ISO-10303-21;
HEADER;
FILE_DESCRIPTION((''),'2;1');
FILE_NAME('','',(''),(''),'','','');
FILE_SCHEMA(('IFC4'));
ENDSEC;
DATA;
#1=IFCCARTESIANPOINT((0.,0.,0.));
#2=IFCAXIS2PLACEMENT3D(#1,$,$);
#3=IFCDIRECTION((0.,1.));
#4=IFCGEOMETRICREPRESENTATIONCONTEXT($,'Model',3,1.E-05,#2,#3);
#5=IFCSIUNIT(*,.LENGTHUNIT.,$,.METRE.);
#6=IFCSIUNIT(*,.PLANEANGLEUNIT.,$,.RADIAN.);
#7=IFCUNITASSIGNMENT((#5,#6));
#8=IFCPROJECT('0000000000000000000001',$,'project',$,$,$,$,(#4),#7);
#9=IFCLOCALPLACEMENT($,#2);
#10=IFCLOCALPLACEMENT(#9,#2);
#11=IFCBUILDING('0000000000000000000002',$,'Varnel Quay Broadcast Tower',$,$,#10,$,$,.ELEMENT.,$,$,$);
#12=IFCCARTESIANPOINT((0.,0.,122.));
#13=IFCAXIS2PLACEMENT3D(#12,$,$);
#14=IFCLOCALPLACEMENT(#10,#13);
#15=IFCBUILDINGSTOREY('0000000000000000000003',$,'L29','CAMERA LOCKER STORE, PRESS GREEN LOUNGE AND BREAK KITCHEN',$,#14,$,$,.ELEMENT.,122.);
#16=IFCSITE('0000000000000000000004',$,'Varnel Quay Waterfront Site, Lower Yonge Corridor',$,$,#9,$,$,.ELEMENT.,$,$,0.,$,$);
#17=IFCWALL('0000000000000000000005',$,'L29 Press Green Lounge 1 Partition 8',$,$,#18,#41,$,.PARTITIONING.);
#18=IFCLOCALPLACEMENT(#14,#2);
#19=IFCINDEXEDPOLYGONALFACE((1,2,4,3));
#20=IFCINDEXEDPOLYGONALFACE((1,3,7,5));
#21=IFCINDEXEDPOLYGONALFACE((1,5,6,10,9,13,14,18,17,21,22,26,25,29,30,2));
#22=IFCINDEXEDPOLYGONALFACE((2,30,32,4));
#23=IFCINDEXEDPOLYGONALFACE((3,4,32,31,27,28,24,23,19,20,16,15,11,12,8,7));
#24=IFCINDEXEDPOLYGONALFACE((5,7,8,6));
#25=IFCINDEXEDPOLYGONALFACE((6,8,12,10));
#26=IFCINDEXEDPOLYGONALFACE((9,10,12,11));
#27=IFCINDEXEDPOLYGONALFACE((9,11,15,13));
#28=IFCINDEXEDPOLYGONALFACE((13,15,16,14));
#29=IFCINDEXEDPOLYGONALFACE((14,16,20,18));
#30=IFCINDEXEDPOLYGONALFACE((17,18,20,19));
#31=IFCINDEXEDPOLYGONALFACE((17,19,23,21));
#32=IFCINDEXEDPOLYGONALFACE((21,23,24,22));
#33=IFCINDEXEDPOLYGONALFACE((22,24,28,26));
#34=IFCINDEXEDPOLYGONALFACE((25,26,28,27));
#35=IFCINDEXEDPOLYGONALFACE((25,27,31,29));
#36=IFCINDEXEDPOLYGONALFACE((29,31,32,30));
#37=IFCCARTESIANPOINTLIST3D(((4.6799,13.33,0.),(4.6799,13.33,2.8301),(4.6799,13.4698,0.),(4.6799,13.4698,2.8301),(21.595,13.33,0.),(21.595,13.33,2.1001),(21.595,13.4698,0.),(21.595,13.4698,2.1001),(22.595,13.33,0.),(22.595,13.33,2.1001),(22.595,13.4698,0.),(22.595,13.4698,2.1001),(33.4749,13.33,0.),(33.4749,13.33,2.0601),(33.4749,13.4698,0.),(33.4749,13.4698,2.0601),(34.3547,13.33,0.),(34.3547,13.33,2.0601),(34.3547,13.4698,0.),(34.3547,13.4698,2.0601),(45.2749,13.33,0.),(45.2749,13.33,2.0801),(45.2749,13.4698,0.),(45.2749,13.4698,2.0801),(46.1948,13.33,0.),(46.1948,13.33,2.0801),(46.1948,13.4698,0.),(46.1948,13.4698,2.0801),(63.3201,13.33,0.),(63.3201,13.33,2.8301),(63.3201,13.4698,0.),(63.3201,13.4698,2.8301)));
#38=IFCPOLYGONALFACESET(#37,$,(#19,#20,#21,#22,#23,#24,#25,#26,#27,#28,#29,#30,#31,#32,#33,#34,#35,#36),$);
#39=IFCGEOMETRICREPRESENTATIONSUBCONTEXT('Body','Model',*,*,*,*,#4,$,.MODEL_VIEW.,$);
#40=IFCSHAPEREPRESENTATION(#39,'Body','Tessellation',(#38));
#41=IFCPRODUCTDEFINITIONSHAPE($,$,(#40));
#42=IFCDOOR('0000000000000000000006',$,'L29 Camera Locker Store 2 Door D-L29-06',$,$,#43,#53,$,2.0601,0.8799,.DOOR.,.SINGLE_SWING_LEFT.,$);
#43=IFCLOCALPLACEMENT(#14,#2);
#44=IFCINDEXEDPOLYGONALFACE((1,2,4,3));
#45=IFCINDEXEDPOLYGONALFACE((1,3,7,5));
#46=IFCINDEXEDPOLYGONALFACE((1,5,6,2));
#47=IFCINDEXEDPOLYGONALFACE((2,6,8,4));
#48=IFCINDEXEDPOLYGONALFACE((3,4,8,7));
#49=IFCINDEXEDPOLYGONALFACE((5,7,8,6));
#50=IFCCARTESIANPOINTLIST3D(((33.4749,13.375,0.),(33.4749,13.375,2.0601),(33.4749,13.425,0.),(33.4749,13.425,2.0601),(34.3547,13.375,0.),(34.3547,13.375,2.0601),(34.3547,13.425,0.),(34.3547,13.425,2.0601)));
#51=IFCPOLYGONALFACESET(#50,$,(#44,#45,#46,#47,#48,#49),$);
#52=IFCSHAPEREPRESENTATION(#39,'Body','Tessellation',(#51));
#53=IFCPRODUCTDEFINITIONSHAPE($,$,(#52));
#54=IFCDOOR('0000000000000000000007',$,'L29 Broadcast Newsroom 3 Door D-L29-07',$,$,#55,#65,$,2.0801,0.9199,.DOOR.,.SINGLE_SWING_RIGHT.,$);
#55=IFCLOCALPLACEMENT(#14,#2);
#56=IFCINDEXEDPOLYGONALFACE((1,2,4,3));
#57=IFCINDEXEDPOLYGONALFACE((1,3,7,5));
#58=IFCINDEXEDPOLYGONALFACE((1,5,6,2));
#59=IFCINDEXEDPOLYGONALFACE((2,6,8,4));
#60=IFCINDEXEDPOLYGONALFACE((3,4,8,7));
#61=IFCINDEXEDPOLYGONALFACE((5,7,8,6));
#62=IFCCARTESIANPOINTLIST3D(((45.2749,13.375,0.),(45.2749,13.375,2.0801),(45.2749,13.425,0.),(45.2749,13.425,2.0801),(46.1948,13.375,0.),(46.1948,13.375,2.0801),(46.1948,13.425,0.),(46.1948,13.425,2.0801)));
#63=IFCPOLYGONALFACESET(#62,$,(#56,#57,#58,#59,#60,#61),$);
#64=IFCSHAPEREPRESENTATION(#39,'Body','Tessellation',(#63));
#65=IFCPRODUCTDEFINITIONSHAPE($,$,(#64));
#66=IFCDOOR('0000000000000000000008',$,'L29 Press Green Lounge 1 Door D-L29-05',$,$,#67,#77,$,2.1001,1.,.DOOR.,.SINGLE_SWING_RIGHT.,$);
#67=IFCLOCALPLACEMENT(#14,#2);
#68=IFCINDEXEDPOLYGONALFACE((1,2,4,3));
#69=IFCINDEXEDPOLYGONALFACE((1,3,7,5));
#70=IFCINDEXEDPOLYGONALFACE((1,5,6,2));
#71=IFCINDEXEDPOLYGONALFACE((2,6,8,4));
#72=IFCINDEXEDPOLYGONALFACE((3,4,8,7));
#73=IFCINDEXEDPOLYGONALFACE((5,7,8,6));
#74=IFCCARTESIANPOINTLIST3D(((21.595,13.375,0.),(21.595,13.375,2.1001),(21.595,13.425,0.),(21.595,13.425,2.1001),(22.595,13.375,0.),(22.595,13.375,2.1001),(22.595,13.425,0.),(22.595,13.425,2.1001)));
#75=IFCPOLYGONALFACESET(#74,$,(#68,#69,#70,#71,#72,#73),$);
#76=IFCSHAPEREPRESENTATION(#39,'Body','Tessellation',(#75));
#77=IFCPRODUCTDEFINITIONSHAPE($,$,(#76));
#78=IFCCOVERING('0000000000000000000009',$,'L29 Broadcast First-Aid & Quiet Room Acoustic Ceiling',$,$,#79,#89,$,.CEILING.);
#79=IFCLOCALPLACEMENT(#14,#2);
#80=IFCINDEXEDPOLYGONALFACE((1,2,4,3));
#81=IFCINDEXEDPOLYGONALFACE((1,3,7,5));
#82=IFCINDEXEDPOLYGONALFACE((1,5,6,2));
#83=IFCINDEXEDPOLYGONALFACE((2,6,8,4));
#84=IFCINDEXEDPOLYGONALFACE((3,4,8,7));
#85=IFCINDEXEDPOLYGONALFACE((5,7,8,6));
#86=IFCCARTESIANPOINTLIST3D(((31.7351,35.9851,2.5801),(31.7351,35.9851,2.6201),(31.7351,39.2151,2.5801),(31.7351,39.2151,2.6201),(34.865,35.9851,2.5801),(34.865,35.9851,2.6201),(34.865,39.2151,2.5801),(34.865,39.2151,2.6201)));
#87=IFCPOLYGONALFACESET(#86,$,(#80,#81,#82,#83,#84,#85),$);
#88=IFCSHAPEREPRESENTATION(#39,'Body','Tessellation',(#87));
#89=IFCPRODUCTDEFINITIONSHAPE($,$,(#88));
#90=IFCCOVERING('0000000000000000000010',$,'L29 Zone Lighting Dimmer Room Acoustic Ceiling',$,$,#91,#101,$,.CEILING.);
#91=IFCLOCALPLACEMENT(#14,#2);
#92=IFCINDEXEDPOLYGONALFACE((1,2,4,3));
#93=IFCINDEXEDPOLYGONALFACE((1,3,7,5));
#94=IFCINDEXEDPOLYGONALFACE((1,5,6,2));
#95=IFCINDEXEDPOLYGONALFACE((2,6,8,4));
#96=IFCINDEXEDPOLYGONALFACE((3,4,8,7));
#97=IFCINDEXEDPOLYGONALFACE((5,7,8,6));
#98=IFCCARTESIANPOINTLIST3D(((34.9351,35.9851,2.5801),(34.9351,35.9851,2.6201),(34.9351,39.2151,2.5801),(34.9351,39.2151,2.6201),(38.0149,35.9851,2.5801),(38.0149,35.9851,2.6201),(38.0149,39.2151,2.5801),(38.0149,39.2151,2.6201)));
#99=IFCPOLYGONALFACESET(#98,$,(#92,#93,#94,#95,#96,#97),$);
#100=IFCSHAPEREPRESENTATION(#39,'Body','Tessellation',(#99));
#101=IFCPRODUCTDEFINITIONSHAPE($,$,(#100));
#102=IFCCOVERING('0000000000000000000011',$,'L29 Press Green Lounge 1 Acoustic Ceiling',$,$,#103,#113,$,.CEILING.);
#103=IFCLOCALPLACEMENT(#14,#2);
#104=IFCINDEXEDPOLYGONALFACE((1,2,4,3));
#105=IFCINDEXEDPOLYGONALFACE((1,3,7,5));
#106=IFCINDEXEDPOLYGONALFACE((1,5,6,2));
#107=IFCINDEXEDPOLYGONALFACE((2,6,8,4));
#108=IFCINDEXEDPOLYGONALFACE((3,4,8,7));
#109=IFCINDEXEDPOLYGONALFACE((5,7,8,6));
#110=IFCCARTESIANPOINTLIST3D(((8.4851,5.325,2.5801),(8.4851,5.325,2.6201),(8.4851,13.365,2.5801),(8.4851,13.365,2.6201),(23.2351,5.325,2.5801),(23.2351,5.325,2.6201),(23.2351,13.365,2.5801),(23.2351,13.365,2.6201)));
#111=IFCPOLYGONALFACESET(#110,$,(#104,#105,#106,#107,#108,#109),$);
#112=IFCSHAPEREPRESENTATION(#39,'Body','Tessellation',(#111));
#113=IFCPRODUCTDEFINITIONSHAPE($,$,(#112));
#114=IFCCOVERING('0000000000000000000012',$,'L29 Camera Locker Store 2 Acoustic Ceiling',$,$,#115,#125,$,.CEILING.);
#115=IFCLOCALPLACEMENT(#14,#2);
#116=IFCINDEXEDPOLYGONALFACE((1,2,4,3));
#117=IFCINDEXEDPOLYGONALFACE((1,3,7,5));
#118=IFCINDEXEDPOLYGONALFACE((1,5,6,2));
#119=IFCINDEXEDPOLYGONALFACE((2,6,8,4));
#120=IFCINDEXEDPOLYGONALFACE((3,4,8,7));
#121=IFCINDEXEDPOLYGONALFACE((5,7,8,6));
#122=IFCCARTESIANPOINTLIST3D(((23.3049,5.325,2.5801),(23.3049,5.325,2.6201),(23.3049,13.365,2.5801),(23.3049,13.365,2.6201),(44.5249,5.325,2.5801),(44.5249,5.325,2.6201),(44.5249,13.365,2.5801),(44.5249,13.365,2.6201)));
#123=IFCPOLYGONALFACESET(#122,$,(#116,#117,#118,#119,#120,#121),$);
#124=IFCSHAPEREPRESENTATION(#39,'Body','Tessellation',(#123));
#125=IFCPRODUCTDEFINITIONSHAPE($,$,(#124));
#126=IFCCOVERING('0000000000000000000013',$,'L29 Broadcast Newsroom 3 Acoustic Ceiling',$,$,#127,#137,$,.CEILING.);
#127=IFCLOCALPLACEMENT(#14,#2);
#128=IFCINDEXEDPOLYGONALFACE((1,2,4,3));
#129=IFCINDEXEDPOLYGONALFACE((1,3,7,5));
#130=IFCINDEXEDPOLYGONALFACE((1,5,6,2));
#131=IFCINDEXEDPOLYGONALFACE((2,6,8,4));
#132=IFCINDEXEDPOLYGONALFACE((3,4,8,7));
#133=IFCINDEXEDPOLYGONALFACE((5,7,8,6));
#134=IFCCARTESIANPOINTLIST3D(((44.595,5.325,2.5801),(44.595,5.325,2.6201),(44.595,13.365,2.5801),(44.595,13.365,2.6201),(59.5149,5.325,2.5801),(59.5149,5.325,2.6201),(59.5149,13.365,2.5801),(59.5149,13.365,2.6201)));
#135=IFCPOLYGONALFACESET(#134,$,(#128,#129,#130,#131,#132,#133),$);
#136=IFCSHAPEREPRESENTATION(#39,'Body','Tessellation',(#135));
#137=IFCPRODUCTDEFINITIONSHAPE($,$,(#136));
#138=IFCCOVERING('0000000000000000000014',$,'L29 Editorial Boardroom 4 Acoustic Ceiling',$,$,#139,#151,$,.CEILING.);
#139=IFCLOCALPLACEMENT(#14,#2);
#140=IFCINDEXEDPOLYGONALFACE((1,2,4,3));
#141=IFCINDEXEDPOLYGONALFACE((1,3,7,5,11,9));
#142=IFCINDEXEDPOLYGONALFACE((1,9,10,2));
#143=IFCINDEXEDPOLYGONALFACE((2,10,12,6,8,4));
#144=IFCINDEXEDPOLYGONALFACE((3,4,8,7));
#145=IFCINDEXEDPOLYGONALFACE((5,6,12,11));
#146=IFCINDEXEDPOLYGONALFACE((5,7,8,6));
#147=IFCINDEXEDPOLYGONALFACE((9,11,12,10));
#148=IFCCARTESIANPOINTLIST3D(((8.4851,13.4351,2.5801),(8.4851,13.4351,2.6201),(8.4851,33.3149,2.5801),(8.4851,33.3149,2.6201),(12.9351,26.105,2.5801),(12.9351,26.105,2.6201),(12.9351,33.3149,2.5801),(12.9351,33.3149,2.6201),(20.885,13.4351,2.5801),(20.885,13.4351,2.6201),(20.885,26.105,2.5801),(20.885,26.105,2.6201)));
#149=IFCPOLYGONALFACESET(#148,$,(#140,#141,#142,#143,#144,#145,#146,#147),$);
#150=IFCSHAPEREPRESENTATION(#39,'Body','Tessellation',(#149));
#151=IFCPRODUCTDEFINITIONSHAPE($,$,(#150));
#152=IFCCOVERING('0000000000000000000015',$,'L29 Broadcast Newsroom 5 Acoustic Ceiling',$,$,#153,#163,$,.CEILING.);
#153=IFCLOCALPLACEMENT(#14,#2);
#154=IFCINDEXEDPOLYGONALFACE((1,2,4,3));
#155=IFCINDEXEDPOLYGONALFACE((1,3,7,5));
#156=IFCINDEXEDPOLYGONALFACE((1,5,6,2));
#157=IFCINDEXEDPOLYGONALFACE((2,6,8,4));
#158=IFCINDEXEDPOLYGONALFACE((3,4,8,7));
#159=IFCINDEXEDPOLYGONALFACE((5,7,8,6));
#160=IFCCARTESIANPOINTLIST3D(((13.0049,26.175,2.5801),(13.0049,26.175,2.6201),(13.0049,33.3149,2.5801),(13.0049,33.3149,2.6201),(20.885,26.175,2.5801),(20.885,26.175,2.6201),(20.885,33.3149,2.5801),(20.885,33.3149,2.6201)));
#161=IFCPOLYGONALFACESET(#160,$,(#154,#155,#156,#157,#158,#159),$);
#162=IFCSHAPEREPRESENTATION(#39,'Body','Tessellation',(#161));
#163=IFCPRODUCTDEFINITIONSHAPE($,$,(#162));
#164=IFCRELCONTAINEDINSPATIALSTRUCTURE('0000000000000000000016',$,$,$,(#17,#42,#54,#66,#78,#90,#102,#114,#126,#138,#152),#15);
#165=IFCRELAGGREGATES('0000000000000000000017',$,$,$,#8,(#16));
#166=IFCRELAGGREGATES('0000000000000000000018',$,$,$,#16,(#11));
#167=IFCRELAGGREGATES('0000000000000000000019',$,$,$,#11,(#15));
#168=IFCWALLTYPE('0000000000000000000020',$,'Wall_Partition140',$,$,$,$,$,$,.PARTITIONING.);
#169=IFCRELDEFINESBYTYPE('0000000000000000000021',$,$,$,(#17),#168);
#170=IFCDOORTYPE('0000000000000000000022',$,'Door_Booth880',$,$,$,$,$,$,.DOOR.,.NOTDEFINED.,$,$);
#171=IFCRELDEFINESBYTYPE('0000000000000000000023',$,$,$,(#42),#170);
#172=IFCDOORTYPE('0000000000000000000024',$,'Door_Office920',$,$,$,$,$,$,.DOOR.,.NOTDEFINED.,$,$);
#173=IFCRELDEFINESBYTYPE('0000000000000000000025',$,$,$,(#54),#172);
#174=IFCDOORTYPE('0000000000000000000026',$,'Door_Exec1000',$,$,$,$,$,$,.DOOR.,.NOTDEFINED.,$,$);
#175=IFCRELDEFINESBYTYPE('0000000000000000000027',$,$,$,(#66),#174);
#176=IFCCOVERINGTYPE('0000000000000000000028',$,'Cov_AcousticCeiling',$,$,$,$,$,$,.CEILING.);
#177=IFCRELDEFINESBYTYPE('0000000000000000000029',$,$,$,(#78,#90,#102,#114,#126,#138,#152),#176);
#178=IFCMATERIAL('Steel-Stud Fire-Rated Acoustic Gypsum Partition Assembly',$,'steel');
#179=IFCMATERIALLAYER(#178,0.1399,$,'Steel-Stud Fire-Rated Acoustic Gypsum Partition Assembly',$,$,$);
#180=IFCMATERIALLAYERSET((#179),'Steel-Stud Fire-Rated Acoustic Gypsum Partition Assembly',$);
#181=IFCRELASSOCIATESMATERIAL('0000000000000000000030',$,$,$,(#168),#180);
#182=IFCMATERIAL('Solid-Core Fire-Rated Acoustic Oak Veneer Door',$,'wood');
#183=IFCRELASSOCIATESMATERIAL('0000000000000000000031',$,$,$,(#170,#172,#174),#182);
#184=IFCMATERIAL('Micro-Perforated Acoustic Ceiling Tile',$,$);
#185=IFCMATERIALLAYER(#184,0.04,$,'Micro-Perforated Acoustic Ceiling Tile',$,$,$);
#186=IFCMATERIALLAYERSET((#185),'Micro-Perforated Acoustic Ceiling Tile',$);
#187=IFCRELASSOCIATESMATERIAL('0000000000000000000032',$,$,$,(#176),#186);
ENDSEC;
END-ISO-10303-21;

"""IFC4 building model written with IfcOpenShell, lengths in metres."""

from ifc_helpers import new_model, si_unit, direction, frame, frame_2d, origin, place, context, subcontext, project, spatial, polyline, rectangle, outline, extrude, source, transform, mapped, material, layer, layer_set, type_object, type_shapes, element, fill, save


model = new_model("IFC4")

# Units and contexts
model_context = context("Model", 3, precision=1e-05, world=origin(), true_north=direction((0.0, 1.0)))
body_context = subcontext(model_context, "Body", "Model", "MODEL_VIEW")
ifc_project = project(units=[si_unit("LENGTHUNIT", "METRE"), si_unit("PLANEANGLEUNIT", "RADIAN")], contexts=[model_context])

# Site, building, storey
site_placement = place(None, origin())
site = spatial("IfcSite", under=ifc_project, at=site_placement, Name="Varnel Quay Waterfront Site, Lower Yonge Corridor", CompositionType="ELEMENT", RefElevation=0.0)
building_placement = place(site_placement, origin())
building = spatial("IfcBuilding", under=site, at=building_placement, Name="Varnel Quay Broadcast Tower", CompositionType="ELEMENT")
storey_placement = place(building_placement, frame((0.0, 0.0, 122.0)))
storey = spatial("IfcBuildingStorey", under=building, at=storey_placement, Name="L29", Description="CAMERA LOCKER STORE, PRESS GREEN LOUNGE AND BREAK KITCHEN", CompositionType="ELEMENT", Elevation=122.0)

# Wall, openings, doors
ifc_material_1 = material(Name="Steel-Stud Fire-Rated Acoustic Gypsum Partition Assembly", Category="steel")
ifc_layer_1 = layer(ifc_material_1, 0.1399, Name="Steel-Stud Fire-Rated Acoustic Gypsum Partition Assembly")
ifc_layer_set_1 = layer_set([ifc_layer_1], Name="Steel-Stud Fire-Rated Acoustic Gypsum Partition Assembly")
wall_type = type_object("IfcWallType", Name="Wall_Partition140", PredefinedType="PARTITIONING", material=ifc_layer_set_1)
wall_placement = place(storey_placement, frame((4.6799, 13.3999, 0.0), z_axis=(0.0, 0.0, 1.0), x_axis=(1.0, 0.0, 0.0)))
wall = element("IfcWall", 1, at=wall_placement, inside=storey, type_object=wall_type, Name="L29 Press Green Lounge 1 Partition 8", PredefinedType="PARTITIONING", context=body_context, shape_type="SweptSolid", body=[
    extrude(rectangle(XDim=58.6401, YDim=0.1399, at=frame_2d((29.3201, 0.0))), origin(), (0.0, 0.0, 1.0), 2.8301),
])
opening_1_placement = place(wall_placement, frame((16.915, 0.0, 0.0)))
opening_1 = element("IfcOpeningElement", 2, at=opening_1_placement, cuts=wall, PredefinedType="OPENING", context=body_context, shape_type="SweptSolid", body=[
    extrude(rectangle(XDim=1.0, YDim=2.1001, at=frame_2d((0.5, 1.05))), frame((0.0, 0.0801, 0.0), z_axis=(0.0, -1.0, 0.0), x_axis=(1.0, 0.0, 0.0)), (0.0, 0.0, 1.0), 0.1599),
])
opening_2_placement = place(wall_placement, frame((28.7949, 0.0, 0.0)))
opening_2 = element("IfcOpeningElement", 3, at=opening_2_placement, cuts=wall, PredefinedType="OPENING", context=body_context, shape_type="SweptSolid", body=[
    extrude(rectangle(XDim=0.8799, YDim=2.0601, at=frame_2d((0.4399, 1.03))), frame((0.0, 0.0801, 0.0), z_axis=(0.0, -1.0, 0.0), x_axis=(1.0, 0.0, 0.0)), (0.0, 0.0, 1.0), 0.1599),
])
opening_3_placement = place(wall_placement, frame((40.595, 0.0, 0.0)))
opening_3 = element("IfcOpeningElement", 4, at=opening_3_placement, cuts=wall, PredefinedType="OPENING", context=body_context, shape_type="SweptSolid", body=[
    extrude(rectangle(XDim=0.9199, YDim=2.0801, at=frame_2d((0.46, 1.04))), frame((0.0, 0.0801, 0.0), z_axis=(0.0, -1.0, 0.0), x_axis=(1.0, 0.0, 0.0)), (0.0, 0.0, 1.0), 0.1599),
])
ifc_material_2 = material(Name="Solid-Core Fire-Rated Acoustic Oak Veneer Door", Category="wood")
door_type_1 = type_object("IfcDoorType", Name="Door_Booth880", OperationType="NOTDEFINED", PredefinedType="DOOR", material=ifc_material_2)
shared_shape_1 = source(origin(), body_context, "Body", "SweptSolid", [
    extrude(rectangle(XDim=0.8799, YDim=2.0601, at=frame_2d((0.4399, 1.03))), frame((0.0, 0.0249, 0.0), z_axis=(0.0, -1.0, 0.0), x_axis=(1.0, 0.0, 0.0)), (0.0, 0.0, 1.0), 0.05),
])
type_shapes(door_type_1, [shared_shape_1])
door_1_placement = place(opening_2_placement, frame((0.8799, 0.0, 0.0), z_axis=(0.0, 0.0, 1.0), x_axis=(-1.0, 0.0, 0.0)))
door_1 = element("IfcDoor", 5, at=door_1_placement, inside=storey, type_object=door_type_1, Name="L29 Camera Locker Store 2 Door D-L29-06", OperationType="SINGLE_SWING_LEFT", OverallHeight=2.0601, OverallWidth=0.8799, PredefinedType="DOOR", context=body_context, shape_type="MappedRepresentation", body=[
    mapped(shared_shape_1, transform((0.0, 0.0, 0.0), x_axis=(1.0, 0.0, 0.0), y_axis=(0.0, 1.0, 0.0), z_axis=(0.0, 0.0, 1.0), scale=1.0)),
])
fill(opening_2, door_1)
door_type_2 = type_object("IfcDoorType", Name="Door_Office920", OperationType="NOTDEFINED", PredefinedType="DOOR", material=ifc_material_2)
shared_shape_2 = source(origin(), body_context, "Body", "SweptSolid", [
    extrude(rectangle(XDim=0.9199, YDim=2.0801, at=frame_2d((0.46, 1.04))), frame((0.0, 0.0249, 0.0), z_axis=(0.0, -1.0, 0.0), x_axis=(1.0, 0.0, 0.0)), (0.0, 0.0, 1.0), 0.05),
])
type_shapes(door_type_2, [shared_shape_2])
door_2_placement = place(opening_3_placement, frame((0.9199, 0.0, 0.0), z_axis=(0.0, 0.0, 1.0), x_axis=(-1.0, 0.0, 0.0)))
door_2 = element("IfcDoor", 6, at=door_2_placement, inside=storey, type_object=door_type_2, Name="L29 Broadcast Newsroom 3 Door D-L29-07", OperationType="SINGLE_SWING_RIGHT", OverallHeight=2.0801, OverallWidth=0.9199, PredefinedType="DOOR", context=body_context, shape_type="MappedRepresentation", body=[
    mapped(shared_shape_2, transform((0.0, 0.0, 0.0), x_axis=(1.0, 0.0, 0.0), y_axis=(0.0, 1.0, 0.0), z_axis=(0.0, 0.0, 1.0), scale=1.0)),
])
fill(opening_3, door_2)
door_type_3 = type_object("IfcDoorType", Name="Door_Exec1000", OperationType="NOTDEFINED", PredefinedType="DOOR", material=ifc_material_2)
shared_shape_3 = source(origin(), body_context, "Body", "SweptSolid", [
    extrude(rectangle(XDim=1.0, YDim=2.1001, at=frame_2d((0.5, 1.05))), frame((0.0, 0.0249, 0.0), z_axis=(0.0, -1.0, 0.0), x_axis=(1.0, 0.0, 0.0)), (0.0, 0.0, 1.0), 0.05),
])
type_shapes(door_type_3, [shared_shape_3])
door_3_placement = place(opening_1_placement, frame((1.0, 0.0, 0.0), z_axis=(0.0, 0.0, 1.0), x_axis=(-1.0, 0.0, 0.0)))
door_3 = element("IfcDoor", 7, at=door_3_placement, inside=storey, type_object=door_type_3, Name="L29 Press Green Lounge 1 Door D-L29-05", OperationType="SINGLE_SWING_RIGHT", OverallHeight=2.1001, OverallWidth=1.0, PredefinedType="DOOR", context=body_context, shape_type="MappedRepresentation", body=[
    mapped(shared_shape_3, transform((0.0, 0.0, 0.0), x_axis=(1.0, 0.0, 0.0), y_axis=(0.0, 1.0, 0.0), z_axis=(0.0, 0.0, 1.0), scale=1.0)),
])
fill(opening_1, door_3)

# Coverings
ifc_material_3 = material(Name="Micro-Perforated Acoustic Ceiling Tile")
ifc_layer_2 = layer(ifc_material_3, 0.04, Name="Micro-Perforated Acoustic Ceiling Tile")
ifc_layer_set_2 = layer_set([ifc_layer_2], Name="Micro-Perforated Acoustic Ceiling Tile")
covering_type_1 = type_object("IfcCoveringType", Name="Cov_AcousticCeiling", PredefinedType="CEILING", material=ifc_layer_set_2)
covering_1_placement = place(storey_placement, frame((0.0, 0.0, 2.5801)))
element("IfcCovering", 8, at=covering_1_placement, inside=storey, type_object=covering_type_1, Name="L29 Broadcast First-Aid & Quiet Room Acoustic Ceiling", PredefinedType="CEILING", context=body_context, shape_type="SweptSolid", body=[
    extrude(outline(polyline([(31.7351, 35.9851), (34.865, 35.9851), (34.865, 39.2151), (31.7351, 39.2151), (31.7351, 35.9851)])), origin(), (0.0, 0.0, 1.0), 0.04),
])
covering_2_placement = place(storey_placement, frame((0.0, 0.0, 2.5801)))
element("IfcCovering", 9, at=covering_2_placement, inside=storey, type_object=covering_type_1, Name="L29 Zone Lighting Dimmer Room Acoustic Ceiling", PredefinedType="CEILING", context=body_context, shape_type="SweptSolid", body=[
    extrude(outline(polyline([(34.9351, 35.9851), (38.0149, 35.9851), (38.0149, 39.2151), (34.9351, 39.2151), (34.9351, 35.9851)])), origin(), (0.0, 0.0, 1.0), 0.04),
])
covering_3_placement = place(storey_placement, frame((0.0, 0.0, 2.5801)))
element("IfcCovering", 10, at=covering_3_placement, inside=storey, type_object=covering_type_1, Name="L29 Press Green Lounge 1 Acoustic Ceiling", PredefinedType="CEILING", context=body_context, shape_type="SweptSolid", body=[
    extrude(outline(polyline([(8.4851, 5.325), (23.2351, 5.325), (23.2351, 13.365), (8.4851, 13.365), (8.4851, 5.325)])), origin(), (0.0, 0.0, 1.0), 0.04),
])
covering_4_placement = place(storey_placement, frame((0.0, 0.0, 2.5801)))
element("IfcCovering", 11, at=covering_4_placement, inside=storey, type_object=covering_type_1, Name="L29 Camera Locker Store 2 Acoustic Ceiling", PredefinedType="CEILING", context=body_context, shape_type="SweptSolid", body=[
    extrude(outline(polyline([(23.3049, 5.325), (44.5249, 5.325), (44.5249, 13.365), (23.3049, 13.365), (23.3049, 5.325)])), origin(), (0.0, 0.0, 1.0), 0.04),
])
covering_5_placement = place(storey_placement, frame((0.0, 0.0, 2.5801)))
element("IfcCovering", 12, at=covering_5_placement, inside=storey, type_object=covering_type_1, Name="L29 Broadcast Newsroom 3 Acoustic Ceiling", PredefinedType="CEILING", context=body_context, shape_type="SweptSolid", body=[
    extrude(outline(polyline([(44.595, 5.325), (59.5149, 5.325), (59.5149, 13.365), (44.595, 13.365), (44.595, 5.325)])), origin(), (0.0, 0.0, 1.0), 0.04),
])
covering_6_placement = place(storey_placement, frame((0.0, 0.0, 2.5801)))
element("IfcCovering", 13, at=covering_6_placement, inside=storey, type_object=covering_type_1, Name="L29 Editorial Boardroom 4 Acoustic Ceiling", PredefinedType="CEILING", context=body_context, shape_type="SweptSolid", body=[
    extrude(outline(polyline([(8.4851, 13.4351), (20.885, 13.4351), (20.885, 26.105), (12.9351, 26.105), (12.9351, 33.3149), (8.4851, 33.3149), (8.4851, 13.4351)])), origin(), (0.0, 0.0, 1.0), 0.04),
])
covering_7_placement = place(storey_placement, frame((0.0, 0.0, 2.5801)))
element("IfcCovering", 14, at=covering_7_placement, inside=storey, type_object=covering_type_1, Name="L29 Broadcast Newsroom 5 Acoustic Ceiling", PredefinedType="CEILING", context=body_context, shape_type="SweptSolid", body=[
    extrude(outline(polyline([(13.0049, 26.175), (20.885, 26.175), (20.885, 33.3149), (13.0049, 33.3149), (13.0049, 26.175)])), origin(), (0.0, 0.0, 1.0), 0.04),
])

save(model, "model.ifc")
